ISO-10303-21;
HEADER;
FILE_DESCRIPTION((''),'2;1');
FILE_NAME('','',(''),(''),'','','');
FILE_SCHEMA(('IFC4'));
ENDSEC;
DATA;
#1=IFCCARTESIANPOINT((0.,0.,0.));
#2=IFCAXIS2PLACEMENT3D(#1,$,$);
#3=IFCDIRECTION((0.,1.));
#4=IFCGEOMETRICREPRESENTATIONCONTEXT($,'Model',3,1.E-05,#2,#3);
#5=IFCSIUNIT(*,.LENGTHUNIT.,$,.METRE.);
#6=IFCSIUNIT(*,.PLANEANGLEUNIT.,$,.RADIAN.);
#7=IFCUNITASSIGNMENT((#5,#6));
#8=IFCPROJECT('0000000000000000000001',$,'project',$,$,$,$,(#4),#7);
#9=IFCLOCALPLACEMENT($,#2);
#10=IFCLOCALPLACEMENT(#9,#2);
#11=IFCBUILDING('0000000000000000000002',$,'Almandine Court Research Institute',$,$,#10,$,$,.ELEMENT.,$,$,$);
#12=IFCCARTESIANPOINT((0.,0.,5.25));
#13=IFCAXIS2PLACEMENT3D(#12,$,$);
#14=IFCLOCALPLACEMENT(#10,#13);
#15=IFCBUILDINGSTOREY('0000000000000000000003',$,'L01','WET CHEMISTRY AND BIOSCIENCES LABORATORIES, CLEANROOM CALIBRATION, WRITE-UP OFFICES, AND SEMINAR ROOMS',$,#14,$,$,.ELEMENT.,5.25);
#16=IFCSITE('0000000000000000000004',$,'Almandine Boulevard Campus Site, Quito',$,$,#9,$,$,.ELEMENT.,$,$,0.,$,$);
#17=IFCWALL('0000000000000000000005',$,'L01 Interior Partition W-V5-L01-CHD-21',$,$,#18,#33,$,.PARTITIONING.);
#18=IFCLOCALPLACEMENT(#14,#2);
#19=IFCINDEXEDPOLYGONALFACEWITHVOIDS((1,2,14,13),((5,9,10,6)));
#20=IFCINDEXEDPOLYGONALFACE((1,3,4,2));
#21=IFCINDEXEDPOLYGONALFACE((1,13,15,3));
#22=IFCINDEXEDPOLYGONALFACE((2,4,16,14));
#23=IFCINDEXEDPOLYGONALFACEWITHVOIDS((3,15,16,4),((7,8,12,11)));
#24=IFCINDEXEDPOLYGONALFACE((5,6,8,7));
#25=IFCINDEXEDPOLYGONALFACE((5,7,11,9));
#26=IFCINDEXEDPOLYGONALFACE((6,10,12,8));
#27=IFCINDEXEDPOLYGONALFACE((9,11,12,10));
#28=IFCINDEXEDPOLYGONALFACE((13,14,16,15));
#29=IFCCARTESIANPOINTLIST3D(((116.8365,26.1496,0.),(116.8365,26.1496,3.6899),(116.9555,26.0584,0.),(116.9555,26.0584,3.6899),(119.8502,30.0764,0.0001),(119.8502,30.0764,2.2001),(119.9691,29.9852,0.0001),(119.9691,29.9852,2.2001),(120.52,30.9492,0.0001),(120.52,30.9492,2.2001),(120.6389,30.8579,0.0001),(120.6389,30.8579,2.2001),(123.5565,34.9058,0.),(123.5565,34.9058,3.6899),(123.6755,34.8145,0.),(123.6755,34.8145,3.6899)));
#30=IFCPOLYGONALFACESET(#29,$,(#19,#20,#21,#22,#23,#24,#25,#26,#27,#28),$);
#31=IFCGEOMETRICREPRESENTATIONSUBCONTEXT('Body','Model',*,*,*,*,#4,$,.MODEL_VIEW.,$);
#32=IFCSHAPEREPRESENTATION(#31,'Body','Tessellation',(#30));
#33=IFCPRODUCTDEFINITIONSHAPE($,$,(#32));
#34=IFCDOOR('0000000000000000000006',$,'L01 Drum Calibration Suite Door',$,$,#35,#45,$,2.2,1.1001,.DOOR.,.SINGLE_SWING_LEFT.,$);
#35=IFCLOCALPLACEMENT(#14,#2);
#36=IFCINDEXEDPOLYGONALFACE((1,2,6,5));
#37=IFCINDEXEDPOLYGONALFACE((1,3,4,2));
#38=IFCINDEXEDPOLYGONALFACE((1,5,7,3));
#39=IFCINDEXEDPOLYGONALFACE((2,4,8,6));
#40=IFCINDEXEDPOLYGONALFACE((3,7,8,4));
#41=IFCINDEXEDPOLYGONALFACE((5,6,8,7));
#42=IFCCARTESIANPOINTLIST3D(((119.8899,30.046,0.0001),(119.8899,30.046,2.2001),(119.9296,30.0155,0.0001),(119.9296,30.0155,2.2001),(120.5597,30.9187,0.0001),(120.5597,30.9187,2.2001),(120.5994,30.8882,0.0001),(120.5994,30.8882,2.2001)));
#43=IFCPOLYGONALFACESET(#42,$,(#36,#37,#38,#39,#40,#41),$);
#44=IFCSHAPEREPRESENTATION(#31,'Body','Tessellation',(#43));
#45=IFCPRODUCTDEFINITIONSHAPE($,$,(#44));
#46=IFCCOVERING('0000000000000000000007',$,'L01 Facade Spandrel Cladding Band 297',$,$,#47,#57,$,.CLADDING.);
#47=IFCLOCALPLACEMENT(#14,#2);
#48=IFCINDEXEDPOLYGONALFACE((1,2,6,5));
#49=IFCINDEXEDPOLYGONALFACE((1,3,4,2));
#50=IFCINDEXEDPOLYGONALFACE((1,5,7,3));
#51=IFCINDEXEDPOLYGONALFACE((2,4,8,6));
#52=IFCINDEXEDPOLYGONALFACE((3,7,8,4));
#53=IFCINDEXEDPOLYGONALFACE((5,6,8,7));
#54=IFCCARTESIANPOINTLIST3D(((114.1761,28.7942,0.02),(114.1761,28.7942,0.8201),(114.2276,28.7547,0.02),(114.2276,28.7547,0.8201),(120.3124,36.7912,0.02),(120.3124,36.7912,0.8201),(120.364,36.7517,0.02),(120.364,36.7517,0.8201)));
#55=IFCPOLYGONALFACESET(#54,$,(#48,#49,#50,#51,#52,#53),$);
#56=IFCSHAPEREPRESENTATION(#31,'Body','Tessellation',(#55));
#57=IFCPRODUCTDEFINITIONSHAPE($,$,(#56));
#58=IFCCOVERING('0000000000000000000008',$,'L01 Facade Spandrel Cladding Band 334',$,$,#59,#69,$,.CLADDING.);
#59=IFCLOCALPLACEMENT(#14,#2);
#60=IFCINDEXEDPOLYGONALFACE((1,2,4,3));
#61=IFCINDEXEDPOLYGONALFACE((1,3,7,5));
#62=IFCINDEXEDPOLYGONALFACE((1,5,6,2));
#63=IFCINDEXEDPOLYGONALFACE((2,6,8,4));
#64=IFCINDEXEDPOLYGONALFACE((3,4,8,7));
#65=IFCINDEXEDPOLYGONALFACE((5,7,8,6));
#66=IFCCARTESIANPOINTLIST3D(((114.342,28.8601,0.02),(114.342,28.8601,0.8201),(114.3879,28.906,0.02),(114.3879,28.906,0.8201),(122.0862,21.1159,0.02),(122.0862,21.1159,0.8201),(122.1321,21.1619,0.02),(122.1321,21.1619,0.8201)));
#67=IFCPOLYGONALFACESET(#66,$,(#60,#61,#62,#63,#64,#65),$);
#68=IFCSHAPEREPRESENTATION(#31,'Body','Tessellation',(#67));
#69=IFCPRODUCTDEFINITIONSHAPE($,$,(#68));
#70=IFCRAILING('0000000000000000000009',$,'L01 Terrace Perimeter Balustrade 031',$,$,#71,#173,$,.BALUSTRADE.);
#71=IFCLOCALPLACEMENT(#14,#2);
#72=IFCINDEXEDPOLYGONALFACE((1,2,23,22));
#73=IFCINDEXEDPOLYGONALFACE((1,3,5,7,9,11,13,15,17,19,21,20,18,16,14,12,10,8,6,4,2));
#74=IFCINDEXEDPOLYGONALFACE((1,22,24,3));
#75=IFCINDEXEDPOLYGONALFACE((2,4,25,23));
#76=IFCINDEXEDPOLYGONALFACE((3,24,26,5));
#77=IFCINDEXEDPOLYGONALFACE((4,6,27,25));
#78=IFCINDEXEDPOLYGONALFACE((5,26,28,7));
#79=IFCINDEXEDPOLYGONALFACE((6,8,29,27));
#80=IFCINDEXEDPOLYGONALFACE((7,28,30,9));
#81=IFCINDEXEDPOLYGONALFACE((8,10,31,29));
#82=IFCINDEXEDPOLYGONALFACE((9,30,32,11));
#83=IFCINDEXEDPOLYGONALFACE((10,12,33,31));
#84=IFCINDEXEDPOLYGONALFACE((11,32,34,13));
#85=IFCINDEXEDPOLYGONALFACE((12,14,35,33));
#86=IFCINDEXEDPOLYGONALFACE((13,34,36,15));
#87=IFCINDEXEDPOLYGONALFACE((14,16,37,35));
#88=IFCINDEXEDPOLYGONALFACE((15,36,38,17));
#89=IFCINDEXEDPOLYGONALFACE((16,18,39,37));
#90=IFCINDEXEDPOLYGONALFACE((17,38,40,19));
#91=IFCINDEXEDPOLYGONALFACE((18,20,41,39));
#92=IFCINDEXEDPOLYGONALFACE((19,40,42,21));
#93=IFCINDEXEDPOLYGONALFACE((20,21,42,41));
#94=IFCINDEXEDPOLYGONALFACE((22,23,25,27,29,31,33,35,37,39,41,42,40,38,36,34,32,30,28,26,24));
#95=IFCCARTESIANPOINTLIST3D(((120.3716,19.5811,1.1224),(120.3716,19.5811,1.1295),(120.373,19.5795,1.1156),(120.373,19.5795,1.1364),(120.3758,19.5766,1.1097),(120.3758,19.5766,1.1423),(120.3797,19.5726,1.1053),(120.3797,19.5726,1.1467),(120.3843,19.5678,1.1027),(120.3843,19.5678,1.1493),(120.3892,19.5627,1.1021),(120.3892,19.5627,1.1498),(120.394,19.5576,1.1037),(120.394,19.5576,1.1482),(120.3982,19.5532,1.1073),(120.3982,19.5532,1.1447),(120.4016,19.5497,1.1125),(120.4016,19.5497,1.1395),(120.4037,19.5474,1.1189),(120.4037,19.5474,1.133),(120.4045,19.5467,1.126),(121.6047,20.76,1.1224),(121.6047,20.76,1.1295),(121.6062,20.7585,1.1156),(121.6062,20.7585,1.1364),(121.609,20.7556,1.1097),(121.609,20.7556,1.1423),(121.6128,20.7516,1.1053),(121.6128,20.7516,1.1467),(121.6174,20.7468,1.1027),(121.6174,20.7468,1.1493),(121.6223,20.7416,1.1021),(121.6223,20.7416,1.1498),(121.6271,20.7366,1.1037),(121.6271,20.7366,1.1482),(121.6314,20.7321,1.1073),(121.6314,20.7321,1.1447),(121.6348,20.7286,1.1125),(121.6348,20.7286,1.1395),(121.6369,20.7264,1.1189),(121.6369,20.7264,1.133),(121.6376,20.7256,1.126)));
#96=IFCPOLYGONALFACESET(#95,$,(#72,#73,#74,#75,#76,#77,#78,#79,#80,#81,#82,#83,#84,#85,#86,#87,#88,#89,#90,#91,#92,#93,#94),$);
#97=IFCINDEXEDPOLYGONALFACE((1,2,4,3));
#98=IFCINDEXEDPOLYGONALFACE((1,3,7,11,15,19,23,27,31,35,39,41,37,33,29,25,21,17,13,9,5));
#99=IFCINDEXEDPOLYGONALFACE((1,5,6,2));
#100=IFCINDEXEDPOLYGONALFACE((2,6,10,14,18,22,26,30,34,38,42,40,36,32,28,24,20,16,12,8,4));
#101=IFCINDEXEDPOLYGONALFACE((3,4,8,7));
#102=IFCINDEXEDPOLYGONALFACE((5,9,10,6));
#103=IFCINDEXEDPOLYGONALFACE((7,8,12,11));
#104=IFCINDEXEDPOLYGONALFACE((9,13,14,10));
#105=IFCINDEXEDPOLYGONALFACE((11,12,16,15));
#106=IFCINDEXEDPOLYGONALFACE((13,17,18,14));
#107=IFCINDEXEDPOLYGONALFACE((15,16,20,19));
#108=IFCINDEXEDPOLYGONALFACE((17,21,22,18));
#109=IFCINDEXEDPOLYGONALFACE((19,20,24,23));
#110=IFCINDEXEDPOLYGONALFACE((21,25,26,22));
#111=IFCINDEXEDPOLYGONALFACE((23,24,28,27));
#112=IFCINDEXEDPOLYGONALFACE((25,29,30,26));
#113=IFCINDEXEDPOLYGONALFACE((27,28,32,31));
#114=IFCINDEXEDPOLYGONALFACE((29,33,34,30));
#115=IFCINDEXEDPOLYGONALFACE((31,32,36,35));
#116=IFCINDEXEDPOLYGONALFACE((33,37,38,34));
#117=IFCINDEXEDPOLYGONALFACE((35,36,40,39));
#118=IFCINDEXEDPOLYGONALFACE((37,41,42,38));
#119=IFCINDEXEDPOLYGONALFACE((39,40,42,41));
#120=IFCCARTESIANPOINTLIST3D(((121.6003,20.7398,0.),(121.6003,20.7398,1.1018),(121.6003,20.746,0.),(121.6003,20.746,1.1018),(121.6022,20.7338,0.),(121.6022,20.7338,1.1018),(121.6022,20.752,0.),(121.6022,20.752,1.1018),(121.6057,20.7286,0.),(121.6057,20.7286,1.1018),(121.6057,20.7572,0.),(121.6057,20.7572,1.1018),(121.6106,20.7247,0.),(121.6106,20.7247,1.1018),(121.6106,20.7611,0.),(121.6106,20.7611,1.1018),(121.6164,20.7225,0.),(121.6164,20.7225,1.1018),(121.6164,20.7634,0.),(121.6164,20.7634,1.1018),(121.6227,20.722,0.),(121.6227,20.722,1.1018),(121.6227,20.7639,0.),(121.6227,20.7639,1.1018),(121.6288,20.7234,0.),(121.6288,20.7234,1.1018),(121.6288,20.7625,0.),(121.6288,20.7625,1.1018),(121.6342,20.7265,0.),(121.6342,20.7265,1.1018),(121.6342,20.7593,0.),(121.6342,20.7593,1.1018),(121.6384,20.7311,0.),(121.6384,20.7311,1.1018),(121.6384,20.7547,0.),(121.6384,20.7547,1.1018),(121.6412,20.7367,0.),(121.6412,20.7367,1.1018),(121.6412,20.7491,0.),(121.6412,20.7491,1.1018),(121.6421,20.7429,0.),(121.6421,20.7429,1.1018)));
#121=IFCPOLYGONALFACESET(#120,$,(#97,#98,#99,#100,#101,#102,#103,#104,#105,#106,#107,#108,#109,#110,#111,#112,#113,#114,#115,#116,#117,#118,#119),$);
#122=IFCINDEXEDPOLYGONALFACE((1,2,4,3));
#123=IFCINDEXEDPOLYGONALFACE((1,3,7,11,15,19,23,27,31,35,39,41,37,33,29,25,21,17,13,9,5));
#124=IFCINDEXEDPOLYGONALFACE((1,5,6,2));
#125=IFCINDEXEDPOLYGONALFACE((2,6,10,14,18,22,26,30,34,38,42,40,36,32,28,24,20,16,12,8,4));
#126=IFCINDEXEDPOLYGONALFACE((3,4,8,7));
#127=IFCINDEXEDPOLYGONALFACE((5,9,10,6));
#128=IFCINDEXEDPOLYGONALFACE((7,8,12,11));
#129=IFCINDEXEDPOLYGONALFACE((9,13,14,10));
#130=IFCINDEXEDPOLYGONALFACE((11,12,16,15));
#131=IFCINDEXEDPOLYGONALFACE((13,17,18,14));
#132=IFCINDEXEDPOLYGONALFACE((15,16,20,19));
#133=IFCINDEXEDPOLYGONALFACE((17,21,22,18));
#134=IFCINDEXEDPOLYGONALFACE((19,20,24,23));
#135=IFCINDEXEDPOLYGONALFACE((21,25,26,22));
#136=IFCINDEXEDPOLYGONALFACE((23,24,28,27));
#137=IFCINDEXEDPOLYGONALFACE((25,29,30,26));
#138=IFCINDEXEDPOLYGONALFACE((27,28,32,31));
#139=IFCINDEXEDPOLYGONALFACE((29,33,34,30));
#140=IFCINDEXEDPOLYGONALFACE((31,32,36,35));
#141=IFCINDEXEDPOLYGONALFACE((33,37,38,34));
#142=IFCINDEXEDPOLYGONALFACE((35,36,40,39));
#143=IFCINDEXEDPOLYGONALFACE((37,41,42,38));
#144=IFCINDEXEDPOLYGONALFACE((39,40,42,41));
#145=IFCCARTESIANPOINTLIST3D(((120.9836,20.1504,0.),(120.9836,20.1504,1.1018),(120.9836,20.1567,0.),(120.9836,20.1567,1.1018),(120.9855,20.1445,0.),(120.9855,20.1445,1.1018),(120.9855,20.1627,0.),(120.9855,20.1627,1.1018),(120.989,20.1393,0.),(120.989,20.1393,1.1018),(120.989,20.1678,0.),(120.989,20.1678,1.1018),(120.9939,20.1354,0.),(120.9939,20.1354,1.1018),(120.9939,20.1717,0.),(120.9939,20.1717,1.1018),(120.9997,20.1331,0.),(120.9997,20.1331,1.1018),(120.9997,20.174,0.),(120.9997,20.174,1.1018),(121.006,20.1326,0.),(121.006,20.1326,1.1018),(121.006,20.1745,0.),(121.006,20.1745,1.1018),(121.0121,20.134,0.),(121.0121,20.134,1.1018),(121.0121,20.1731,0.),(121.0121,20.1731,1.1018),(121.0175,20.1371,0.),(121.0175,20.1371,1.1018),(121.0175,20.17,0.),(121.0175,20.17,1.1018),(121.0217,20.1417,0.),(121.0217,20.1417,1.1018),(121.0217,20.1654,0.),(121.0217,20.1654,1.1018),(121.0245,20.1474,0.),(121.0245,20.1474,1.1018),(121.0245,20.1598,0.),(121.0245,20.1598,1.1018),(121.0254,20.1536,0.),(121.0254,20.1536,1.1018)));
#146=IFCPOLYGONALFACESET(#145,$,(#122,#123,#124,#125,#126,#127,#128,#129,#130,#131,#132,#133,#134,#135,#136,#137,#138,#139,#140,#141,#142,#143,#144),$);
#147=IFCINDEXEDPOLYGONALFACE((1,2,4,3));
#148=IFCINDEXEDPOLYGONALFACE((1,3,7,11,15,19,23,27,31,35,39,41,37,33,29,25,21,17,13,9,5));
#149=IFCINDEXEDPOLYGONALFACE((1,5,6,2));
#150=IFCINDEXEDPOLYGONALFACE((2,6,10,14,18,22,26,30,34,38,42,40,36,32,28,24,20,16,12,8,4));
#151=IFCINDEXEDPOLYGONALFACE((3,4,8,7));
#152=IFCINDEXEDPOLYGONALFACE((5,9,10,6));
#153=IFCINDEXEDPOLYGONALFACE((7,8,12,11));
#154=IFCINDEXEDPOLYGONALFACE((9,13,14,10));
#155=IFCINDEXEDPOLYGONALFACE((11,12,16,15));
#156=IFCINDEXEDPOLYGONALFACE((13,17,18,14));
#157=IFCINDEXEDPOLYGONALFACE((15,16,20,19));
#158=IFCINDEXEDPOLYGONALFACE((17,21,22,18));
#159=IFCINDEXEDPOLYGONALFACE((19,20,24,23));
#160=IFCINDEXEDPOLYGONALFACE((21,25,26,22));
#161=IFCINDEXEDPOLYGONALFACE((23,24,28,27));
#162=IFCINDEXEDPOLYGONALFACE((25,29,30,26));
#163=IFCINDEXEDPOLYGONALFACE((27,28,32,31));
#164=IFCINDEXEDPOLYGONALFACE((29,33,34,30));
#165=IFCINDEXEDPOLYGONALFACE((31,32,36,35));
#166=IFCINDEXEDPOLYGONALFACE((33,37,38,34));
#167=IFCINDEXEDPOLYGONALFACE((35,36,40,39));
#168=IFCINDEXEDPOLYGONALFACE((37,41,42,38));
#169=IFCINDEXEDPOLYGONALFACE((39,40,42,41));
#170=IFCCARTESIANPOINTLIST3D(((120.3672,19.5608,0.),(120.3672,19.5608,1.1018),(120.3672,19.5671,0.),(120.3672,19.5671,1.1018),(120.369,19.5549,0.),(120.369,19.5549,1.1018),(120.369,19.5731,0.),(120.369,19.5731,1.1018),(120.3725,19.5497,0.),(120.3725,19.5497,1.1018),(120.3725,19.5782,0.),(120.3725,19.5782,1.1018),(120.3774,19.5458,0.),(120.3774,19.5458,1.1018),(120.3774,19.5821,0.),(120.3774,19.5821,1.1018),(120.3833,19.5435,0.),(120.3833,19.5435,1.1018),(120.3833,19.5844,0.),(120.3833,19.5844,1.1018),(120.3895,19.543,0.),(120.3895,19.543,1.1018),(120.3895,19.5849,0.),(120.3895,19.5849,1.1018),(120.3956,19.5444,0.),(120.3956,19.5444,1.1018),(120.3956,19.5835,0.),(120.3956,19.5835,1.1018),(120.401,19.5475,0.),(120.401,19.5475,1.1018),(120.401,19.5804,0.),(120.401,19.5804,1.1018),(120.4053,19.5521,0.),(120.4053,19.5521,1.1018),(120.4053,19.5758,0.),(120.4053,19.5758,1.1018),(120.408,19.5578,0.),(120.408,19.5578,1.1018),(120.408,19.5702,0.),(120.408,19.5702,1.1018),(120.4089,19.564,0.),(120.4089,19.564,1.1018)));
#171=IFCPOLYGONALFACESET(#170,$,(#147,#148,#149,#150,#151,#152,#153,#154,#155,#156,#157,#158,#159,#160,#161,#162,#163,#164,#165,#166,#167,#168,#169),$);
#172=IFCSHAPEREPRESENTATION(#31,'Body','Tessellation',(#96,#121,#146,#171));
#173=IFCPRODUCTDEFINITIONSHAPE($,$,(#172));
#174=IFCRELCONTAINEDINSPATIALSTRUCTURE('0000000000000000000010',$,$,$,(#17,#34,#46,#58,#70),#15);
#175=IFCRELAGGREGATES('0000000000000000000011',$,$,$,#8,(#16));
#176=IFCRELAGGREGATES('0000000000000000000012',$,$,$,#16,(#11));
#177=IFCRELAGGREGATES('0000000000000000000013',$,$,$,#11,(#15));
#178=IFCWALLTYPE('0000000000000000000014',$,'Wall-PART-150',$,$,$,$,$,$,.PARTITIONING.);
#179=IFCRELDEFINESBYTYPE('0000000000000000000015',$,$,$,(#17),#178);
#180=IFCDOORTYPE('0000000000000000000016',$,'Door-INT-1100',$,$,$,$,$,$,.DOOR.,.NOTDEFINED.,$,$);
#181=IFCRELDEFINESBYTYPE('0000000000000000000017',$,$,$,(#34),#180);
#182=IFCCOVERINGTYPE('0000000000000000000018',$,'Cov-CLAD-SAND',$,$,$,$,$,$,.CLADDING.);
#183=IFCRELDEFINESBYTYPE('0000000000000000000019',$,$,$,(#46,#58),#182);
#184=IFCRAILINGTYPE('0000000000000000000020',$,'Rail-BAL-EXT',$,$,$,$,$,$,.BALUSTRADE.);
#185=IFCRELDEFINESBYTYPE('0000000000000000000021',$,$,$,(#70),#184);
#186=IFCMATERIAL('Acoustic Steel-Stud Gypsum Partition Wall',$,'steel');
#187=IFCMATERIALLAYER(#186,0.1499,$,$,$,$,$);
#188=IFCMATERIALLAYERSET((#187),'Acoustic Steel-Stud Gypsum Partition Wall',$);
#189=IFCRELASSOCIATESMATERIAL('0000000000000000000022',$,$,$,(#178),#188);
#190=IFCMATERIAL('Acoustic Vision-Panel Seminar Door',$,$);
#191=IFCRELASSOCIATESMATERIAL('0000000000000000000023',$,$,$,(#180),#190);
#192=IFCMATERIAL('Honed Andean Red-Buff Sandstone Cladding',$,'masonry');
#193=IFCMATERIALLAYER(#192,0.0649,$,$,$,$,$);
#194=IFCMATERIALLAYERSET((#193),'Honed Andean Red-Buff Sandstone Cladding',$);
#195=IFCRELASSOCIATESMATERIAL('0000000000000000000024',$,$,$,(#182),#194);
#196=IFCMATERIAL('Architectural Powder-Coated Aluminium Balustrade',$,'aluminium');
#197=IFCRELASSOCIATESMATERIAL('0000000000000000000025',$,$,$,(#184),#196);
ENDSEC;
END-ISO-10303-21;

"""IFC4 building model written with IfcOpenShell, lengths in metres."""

from ifc_helpers import new_model, si_unit, direction, frame, frame_2d, origin, origin_2d, place, context, subcontext, project, spatial, rectangle, circle, extrude, material, layer, layer_set, type_object, element, fill, save


model = new_model("IFC4")

# Units and contexts
model_context = context("Model", 3, precision=1e-05, world=origin(), true_north=direction((0.0, 1.0)))
body_context = subcontext(model_context, "Body", "Model", "MODEL_VIEW")
ifc_project = project(units=[si_unit("LENGTHUNIT", "METRE"), si_unit("PLANEANGLEUNIT", "RADIAN")], contexts=[model_context])

# Site, building, storey
site_placement = place(None, origin())
site = spatial("IfcSite", under=ifc_project, at=site_placement, Name="Almandine Boulevard Campus Site, Quito", CompositionType="ELEMENT", RefElevation=0.0)
building_placement = place(site_placement, origin())
building = spatial("IfcBuilding", under=site, at=building_placement, Name="Almandine Court Research Institute", CompositionType="ELEMENT")
storey_placement = place(building_placement, frame((0.0, 0.0, 5.25)))
storey = spatial("IfcBuildingStorey", under=building, at=storey_placement, Name="L01", Description="WET CHEMISTRY AND BIOSCIENCES LABORATORIES, CLEANROOM CALIBRATION, WRITE-UP OFFICES, AND SEMINAR ROOMS", CompositionType="ELEMENT", Elevation=5.25)

# Wall, opening, door
ifc_material_1 = material(Name="Acoustic Steel-Stud Gypsum Partition Wall", Category="steel")
ifc_layer_1 = layer(ifc_material_1, 0.1499)
ifc_layer_set_1 = layer_set([ifc_layer_1], Name="Acoustic Steel-Stud Gypsum Partition Wall")
wall_type_1 = type_object("IfcWallType", Name="Wall-PART-150", PredefinedType="PARTITIONING", material=ifc_layer_set_1)
wall_1_placement = place(storey_placement, frame((116.896, 26.104, 0.0), z_axis=(0.0, 0.0, 1.0), x_axis=(0.608828, 0.793302, 0.0)))
wall_1 = element("IfcWall", 1, at=wall_1_placement, inside=storey, type_object=wall_type_1, Name="L01 Interior Partition W-V5-L01-CHD-21", PredefinedType="PARTITIONING", context=body_context, shape_type="SweptSolid", body=[
    extrude(rectangle(XDim=11.0376, YDim=0.1499, at=frame_2d((5.5188, 0.0))), origin(), (0.0, 0.0, 1.0), 3.6899),
])
opening_1_placement = place(wall_1_placement, frame((4.95, 0.0, 0.0)))
opening_1 = element("IfcOpeningElement", 2, at=opening_1_placement, cuts=wall_1, PredefinedType="OPENING", context=body_context, shape_type="SweptSolid", body=[
    extrude(rectangle(XDim=1.1001, YDim=2.2, at=frame_2d((0.55, 1.1001))), frame((0.0, 0.085, 0.0), z_axis=(0.0, -1.0, 0.0), x_axis=(1.0, 0.0, 0.0)), (0.0, 0.0, 1.0), 0.1699),
])
ifc_material_2 = material(Name="Acoustic Vision-Panel Seminar Door")
door_type_1 = type_object("IfcDoorType", Name="Door-INT-1100", OperationType="NOTDEFINED", PredefinedType="DOOR", material=ifc_material_2)
door_1_placement = place(opening_1_placement, origin())
door_1 = element("IfcDoor", 3, at=door_1_placement, inside=storey, type_object=door_type_1, Name="L01 Drum Calibration Suite Door", OperationType="SINGLE_SWING_LEFT", OverallHeight=2.2, OverallWidth=1.1001, PredefinedType="DOOR", context=body_context, shape_type="SweptSolid", body=[
    extrude(rectangle(XDim=1.1001, YDim=2.2, at=frame_2d((0.55, 1.1001))), frame((0.0, 0.0249, 0.0), z_axis=(0.0, -1.0, 0.0), x_axis=(1.0, 0.0, 0.0)), (0.0, 0.0, 1.0), 0.05),
])
fill(opening_1, door_1)

# Coverings
ifc_material_3 = material(Name="Honed Andean Red-Buff Sandstone Cladding", Category="masonry")
ifc_layer_2 = layer(ifc_material_3, 0.0649)
ifc_layer_set_2 = layer_set([ifc_layer_2], Name="Honed Andean Red-Buff Sandstone Cladding")
covering_type = type_object("IfcCoveringType", Name="Cov-CLAD-SAND", PredefinedType="CLADDING", material=ifc_layer_set_2)
covering_1_placement = place(storey_placement, frame((117.27, 32.7729, 0.02), z_axis=(0.0, 0.0, 1.0), x_axis=(0.608761, 0.793353, 0.0)))
element("IfcCovering", 4, at=covering_1_placement, inside=storey, type_object=covering_type, Name="L01 Facade Spandrel Cladding Band 297", PredefinedType="CLADDING", context=body_context, shape_type="SweptSolid", body=[
    extrude(rectangle(XDim=10.0801, YDim=0.0649, at=origin_2d()), origin(), (0.0, 0.0, 1.0), 0.8),
])
covering_2_placement = place(storey_placement, frame((118.2371, 25.011, 0.02), z_axis=(0.0, 0.0, 1.0), x_axis=(0.707107, -0.707107, 0.0)))
element("IfcCovering", 5, at=covering_2_placement, inside=storey, type_object=covering_type, Name="L01 Facade Spandrel Cladding Band 334", PredefinedType="CLADDING", context=body_context, shape_type="SweptSolid", body=[
    extrude(rectangle(XDim=10.9519, YDim=0.0649, at=origin_2d()), origin(), (0.0, 0.0, 1.0), 0.8),
])

# Railing
ifc_material_4 = material(Name="Architectural Powder-Coated Aluminium Balustrade", Category="aluminium")
railing_type = type_object("IfcRailingType", Name="Rail-BAL-EXT", PredefinedType="BALUSTRADE", material=ifc_material_4)
railing_1_placement = place(storey_placement, frame((121.6211, 20.7429, 0.0)))
element("IfcRailing", 6, at=railing_1_placement, inside=storey, type_object=railing_type, Name="L01 Terrace Perimeter Balustrade 031", PredefinedType="BALUSTRADE", context=body_context, shape_type="SweptSolid", body=[
    extrude(circle(Radius=0.0239, at=origin_2d()), frame((0.0, 0.0, 1.126), z_axis=(-0.722813, -0.691044, 0.0), x_axis=(0.691044, -0.722813, 0.0)), (0.0, 0.0, 1.0), 1.7061),
    extrude(circle(Radius=0.021, at=origin_2d()), origin(), (0.0, 0.0, 1.0), 1.1018),
    extrude(circle(Radius=0.021, at=origin_2d()), frame((-0.6167, -0.5894, 0.0)), (0.0, 0.0, 1.0), 1.1018),
    extrude(circle(Radius=0.021, at=origin_2d()), frame((-1.2332, -1.179, 0.0)), (0.0, 0.0, 1.0), 1.1018),
])

save(model, "model.ifc")
